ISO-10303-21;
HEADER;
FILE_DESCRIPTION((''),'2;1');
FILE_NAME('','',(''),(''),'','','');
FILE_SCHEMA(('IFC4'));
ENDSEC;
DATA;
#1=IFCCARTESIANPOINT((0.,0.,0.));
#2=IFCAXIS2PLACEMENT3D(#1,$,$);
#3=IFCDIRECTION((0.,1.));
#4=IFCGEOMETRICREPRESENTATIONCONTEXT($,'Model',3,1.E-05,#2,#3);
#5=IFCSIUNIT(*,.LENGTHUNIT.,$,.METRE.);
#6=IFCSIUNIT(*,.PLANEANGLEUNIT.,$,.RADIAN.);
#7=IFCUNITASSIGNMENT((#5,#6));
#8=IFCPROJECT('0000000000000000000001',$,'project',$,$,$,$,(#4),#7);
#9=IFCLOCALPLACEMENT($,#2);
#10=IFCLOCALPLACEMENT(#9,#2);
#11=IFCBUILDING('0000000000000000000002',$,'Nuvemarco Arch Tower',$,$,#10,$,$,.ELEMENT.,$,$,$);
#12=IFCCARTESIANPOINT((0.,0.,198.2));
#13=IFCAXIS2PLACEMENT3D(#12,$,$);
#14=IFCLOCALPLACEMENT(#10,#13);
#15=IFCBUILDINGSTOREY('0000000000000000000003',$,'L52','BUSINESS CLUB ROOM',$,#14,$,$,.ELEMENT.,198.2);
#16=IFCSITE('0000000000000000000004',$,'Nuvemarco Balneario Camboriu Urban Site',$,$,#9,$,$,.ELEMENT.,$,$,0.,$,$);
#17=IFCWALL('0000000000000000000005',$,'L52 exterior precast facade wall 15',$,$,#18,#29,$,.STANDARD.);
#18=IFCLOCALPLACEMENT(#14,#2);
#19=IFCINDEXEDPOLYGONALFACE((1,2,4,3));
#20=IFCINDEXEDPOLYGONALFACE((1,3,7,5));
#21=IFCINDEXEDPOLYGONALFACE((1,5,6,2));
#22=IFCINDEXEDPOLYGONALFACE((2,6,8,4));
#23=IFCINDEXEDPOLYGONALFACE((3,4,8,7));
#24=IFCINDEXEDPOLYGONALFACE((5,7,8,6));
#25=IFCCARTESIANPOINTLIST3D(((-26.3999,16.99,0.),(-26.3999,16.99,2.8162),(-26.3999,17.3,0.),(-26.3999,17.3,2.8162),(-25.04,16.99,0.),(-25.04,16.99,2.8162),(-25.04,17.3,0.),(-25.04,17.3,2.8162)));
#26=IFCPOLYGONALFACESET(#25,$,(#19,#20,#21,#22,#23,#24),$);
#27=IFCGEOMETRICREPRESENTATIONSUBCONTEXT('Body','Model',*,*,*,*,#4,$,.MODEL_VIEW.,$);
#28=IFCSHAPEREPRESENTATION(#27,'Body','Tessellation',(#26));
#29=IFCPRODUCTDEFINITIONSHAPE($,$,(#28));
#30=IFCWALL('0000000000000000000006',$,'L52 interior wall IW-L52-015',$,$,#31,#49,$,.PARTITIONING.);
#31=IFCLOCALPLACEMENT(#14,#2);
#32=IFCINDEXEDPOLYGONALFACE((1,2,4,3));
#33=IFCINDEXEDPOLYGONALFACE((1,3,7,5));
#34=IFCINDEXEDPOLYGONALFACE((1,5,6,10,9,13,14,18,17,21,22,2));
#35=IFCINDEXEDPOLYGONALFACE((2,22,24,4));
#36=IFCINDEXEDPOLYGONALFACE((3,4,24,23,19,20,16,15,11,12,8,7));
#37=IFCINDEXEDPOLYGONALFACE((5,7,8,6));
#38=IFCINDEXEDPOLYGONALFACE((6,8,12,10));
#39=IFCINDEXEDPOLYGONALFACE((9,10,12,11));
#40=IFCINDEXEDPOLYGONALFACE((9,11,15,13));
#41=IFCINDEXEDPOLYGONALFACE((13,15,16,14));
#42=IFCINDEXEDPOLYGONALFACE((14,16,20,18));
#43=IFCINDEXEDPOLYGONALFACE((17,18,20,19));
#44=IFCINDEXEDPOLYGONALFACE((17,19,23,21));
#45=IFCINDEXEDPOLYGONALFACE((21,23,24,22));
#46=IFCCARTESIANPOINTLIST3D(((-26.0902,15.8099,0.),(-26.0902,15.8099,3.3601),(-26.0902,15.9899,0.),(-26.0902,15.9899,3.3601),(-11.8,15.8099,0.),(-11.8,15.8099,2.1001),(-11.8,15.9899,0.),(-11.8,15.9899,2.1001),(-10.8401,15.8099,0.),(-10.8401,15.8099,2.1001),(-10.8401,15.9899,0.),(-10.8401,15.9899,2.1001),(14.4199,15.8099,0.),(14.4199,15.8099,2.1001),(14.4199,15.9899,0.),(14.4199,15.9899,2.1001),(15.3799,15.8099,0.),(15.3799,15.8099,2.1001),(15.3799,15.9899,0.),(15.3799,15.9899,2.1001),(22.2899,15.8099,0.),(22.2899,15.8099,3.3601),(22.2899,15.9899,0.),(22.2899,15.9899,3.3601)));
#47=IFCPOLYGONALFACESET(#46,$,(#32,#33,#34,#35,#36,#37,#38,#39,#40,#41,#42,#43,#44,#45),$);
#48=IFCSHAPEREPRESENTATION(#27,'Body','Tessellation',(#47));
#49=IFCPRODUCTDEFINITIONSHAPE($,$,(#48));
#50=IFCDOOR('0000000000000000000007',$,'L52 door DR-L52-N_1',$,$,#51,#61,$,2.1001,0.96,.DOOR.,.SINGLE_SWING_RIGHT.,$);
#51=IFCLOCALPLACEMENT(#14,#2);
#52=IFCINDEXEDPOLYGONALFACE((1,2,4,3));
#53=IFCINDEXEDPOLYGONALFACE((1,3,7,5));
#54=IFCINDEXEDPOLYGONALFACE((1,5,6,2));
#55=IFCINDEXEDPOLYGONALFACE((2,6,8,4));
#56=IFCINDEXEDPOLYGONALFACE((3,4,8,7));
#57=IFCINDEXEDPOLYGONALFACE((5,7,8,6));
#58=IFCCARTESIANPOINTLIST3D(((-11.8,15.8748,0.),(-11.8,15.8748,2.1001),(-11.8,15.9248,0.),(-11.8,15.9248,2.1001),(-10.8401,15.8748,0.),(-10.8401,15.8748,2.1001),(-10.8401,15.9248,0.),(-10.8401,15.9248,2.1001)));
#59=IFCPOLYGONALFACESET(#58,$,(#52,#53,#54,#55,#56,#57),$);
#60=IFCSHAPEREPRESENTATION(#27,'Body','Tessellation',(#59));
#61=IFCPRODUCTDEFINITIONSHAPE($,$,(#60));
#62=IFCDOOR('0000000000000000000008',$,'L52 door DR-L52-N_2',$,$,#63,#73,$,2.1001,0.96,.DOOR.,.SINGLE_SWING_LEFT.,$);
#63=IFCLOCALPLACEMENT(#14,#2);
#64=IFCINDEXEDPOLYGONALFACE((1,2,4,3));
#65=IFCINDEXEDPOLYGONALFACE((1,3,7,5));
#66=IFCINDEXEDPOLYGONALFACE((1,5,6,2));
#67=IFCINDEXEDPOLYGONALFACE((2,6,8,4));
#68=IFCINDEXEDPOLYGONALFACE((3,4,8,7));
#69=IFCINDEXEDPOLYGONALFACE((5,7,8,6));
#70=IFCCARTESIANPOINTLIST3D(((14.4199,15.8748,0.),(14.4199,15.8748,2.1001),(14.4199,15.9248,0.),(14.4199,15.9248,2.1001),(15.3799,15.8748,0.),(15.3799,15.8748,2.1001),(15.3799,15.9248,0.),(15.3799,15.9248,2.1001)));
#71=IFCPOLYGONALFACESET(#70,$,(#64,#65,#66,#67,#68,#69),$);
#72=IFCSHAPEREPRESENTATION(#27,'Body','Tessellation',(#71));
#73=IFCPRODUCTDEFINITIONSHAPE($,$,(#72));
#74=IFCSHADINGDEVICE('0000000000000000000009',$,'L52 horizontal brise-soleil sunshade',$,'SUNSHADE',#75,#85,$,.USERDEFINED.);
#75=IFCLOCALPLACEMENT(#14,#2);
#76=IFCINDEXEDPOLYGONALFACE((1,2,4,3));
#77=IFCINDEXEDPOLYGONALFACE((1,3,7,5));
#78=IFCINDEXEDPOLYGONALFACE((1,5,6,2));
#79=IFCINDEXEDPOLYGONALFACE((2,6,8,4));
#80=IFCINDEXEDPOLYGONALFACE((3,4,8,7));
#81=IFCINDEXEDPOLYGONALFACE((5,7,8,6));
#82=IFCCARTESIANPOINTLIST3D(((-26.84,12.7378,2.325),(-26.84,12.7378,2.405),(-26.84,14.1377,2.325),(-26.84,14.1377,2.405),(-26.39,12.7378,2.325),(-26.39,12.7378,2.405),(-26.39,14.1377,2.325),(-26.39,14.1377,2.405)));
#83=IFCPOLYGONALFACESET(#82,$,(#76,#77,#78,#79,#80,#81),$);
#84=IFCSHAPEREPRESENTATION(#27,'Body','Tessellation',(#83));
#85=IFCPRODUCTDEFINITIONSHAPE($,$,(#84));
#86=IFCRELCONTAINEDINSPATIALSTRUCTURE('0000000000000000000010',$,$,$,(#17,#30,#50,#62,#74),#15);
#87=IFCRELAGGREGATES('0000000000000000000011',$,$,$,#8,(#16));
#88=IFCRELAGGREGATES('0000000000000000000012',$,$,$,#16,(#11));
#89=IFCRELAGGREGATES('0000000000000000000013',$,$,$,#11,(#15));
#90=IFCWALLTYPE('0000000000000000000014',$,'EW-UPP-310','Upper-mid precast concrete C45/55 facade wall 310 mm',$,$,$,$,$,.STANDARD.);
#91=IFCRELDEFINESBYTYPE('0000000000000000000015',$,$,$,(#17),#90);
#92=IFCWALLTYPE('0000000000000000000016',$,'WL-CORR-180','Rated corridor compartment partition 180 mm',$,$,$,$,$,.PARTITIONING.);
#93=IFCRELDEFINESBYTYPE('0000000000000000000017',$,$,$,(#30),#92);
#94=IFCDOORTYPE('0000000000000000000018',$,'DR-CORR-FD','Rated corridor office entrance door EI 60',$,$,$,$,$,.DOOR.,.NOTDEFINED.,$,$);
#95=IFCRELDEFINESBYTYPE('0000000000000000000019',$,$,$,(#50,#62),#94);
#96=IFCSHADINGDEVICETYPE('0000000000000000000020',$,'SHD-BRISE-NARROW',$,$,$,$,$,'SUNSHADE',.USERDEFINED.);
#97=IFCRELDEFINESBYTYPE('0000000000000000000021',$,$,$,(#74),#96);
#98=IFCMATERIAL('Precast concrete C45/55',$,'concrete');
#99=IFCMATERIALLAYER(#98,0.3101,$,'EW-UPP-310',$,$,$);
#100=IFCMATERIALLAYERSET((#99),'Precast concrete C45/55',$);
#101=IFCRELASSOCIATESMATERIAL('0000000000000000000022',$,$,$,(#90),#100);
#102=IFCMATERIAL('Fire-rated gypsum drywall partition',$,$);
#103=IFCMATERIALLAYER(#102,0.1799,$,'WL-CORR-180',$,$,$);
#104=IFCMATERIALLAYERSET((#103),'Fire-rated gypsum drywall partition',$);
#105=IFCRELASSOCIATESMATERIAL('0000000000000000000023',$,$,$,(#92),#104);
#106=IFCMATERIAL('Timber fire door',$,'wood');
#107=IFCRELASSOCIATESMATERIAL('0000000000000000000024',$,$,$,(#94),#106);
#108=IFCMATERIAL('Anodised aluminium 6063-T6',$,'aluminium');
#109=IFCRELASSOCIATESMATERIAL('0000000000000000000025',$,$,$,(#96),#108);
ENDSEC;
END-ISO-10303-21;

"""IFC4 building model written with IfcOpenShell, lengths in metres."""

from ifc_helpers import new_model, si_unit, direction, frame, frame_2d, origin, origin_2d, place, context, subcontext, project, spatial, rectangle, extrude, source, transform, mapped, material, layer, layer_set, type_object, type_shapes, element, fill, save


model = new_model("IFC4")

# Units and contexts
model_context = context("Model", 3, precision=1e-05, world=origin(), true_north=direction((0.0, 1.0)))
body_context = subcontext(model_context, "Body", "Model", "MODEL_VIEW")
ifc_project = project(units=[si_unit("LENGTHUNIT", "METRE"), si_unit("PLANEANGLEUNIT", "RADIAN")], contexts=[model_context])

# Site, building, storey
site_placement = place(None, origin())
site = spatial("IfcSite", under=ifc_project, at=site_placement, Name="Nuvemarco Balneario Camboriu Urban Site", CompositionType="ELEMENT", RefElevation=0.0)
building_placement = place(site_placement, origin())
building = spatial("IfcBuilding", under=site, at=building_placement, Name="Nuvemarco Arch Tower", CompositionType="ELEMENT")
storey_placement = place(building_placement, frame((0.0, 0.0, 198.2)))
storey = spatial("IfcBuildingStorey", under=building, at=storey_placement, Name="L52", Description="BUSINESS CLUB ROOM", CompositionType="ELEMENT", Elevation=198.2)

# Shared definitions
ifc_material_1 = material(Name="Precast concrete C45/55", Category="concrete")
ifc_layer_1 = layer(ifc_material_1, 0.3101, Name="EW-UPP-310")
ifc_layer_set_1 = layer_set([ifc_layer_1], Name="Precast concrete C45/55")
wall_type_1 = type_object("IfcWallType", Name="EW-UPP-310", Description="Upper-mid precast concrete C45/55 facade wall 310 mm", PredefinedType="STANDARD", material=ifc_layer_set_1)

# Wall
wall_1_placement = place(storey_placement, frame((-26.3999, 17.145, 0.0), z_axis=(0.0, 0.0, 1.0), x_axis=(1.0, 0.0, 0.0)))
element("IfcWall", 1, at=wall_1_placement, inside=storey, type_object=wall_type_1, Name="L52 exterior precast facade wall 15", PredefinedType="STANDARD", context=body_context, shape_type="SweptSolid", body=[
    extrude(rectangle(XDim=1.3599, YDim=0.3101, at=frame_2d((0.6799, 0.0))), origin(), (0.0, 0.0, 1.0), 2.8162),
])

# Wall, openings, doors
ifc_material_2 = material(Name="Fire-rated gypsum drywall partition")
ifc_layer_2 = layer(ifc_material_2, 0.1799, Name="WL-CORR-180")
ifc_layer_set_2 = layer_set([ifc_layer_2], Name="Fire-rated gypsum drywall partition")
wall_type_2 = type_object("IfcWallType", Name="WL-CORR-180", Description="Rated corridor compartment partition 180 mm", PredefinedType="PARTITIONING", material=ifc_layer_set_2)
wall_2_placement = place(storey_placement, frame((-26.0901, 15.8999, 0.0), z_axis=(0.0, 0.0, 1.0), x_axis=(1.0, 0.0, 0.0)))
wall_2 = element("IfcWall", 2, at=wall_2_placement, inside=storey, type_object=wall_type_2, Name="L52 interior wall IW-L52-015", PredefinedType="PARTITIONING", context=body_context, shape_type="SweptSolid", body=[
    extrude(rectangle(XDim=48.3801, YDim=0.1799, at=frame_2d((24.1899, 0.0))), origin(), (0.0, 0.0, 1.0), 3.3601),
])
opening_1_placement = place(wall_2_placement, frame((14.29, 0.0, 0.0)))
opening_1 = element("IfcOpeningElement", 3, at=opening_1_placement, cuts=wall_2, PredefinedType="OPENING", context=body_context, shape_type="SweptSolid", body=[
    extrude(rectangle(XDim=0.96, YDim=2.1001, at=frame_2d((0.48, 1.05))), frame((0.0, 0.0999, 0.0), z_axis=(0.0, -1.0, 0.0), x_axis=(1.0, 0.0, 0.0)), (0.0, 0.0, 1.0), 0.2),
])
opening_2_placement = place(wall_2_placement, frame((40.51, 0.0, 0.0)))
opening_2 = element("IfcOpeningElement", 4, at=opening_2_placement, cuts=wall_2, PredefinedType="OPENING", context=body_context, shape_type="SweptSolid", body=[
    extrude(rectangle(XDim=0.96, YDim=2.1001, at=frame_2d((0.48, 1.05))), frame((0.0, 0.0999, 0.0), z_axis=(0.0, -1.0, 0.0), x_axis=(1.0, 0.0, 0.0)), (0.0, 0.0, 1.0), 0.2),
])
ifc_material_3 = material(Name="Timber fire door", Category="wood")
door_type = type_object("IfcDoorType", Name="DR-CORR-FD", Description="Rated corridor office entrance door EI 60", OperationType="NOTDEFINED", PredefinedType="DOOR", material=ifc_material_3)
shared_shape_1 = source(origin(), body_context, "Body", "SweptSolid", [
    extrude(rectangle(XDim=0.96, YDim=2.1001, at=frame_2d((0.48, 1.05))), frame((0.0, 0.0249, 0.0), z_axis=(0.0, -1.0, 0.0), x_axis=(1.0, 0.0, 0.0)), (0.0, 0.0, 1.0), 0.05),
])
type_shapes(door_type, [shared_shape_1])
door_1_placement = place(opening_1_placement, origin())
door_1 = element("IfcDoor", 5, at=door_1_placement, inside=storey, type_object=door_type, Name="L52 door DR-L52-N_1", OperationType="SINGLE_SWING_RIGHT", OverallHeight=2.1001, OverallWidth=0.96, PredefinedType="DOOR", context=body_context, shape_type="MappedRepresentation", body=[
    mapped(shared_shape_1, transform((0.0, 0.0, 0.0), scale=1.0)),
])
fill(opening_1, door_1)
door_2_placement = place(opening_2_placement, origin())
door_2 = element("IfcDoor", 6, at=door_2_placement, inside=storey, type_object=door_type, Name="L52 door DR-L52-N_2", OperationType="SINGLE_SWING_LEFT", OverallHeight=2.1001, OverallWidth=0.96, PredefinedType="DOOR", context=body_context, shape_type="MappedRepresentation", body=[
    mapped(shared_shape_1, transform((0.0, 0.0, 0.0), scale=1.0)),
])
fill(opening_2, door_2)

# Shading device
ifc_material_4 = material(Name="Anodised aluminium 6063-T6", Category="aluminium")
shading_device_type = type_object("IfcShadingDeviceType", Name="SHD-BRISE-NARROW", ElementType="SUNSHADE", PredefinedType="USERDEFINED", material=ifc_material_4)
shared_shape_2 = source(origin(), body_context, "Body", "SweptSolid", [
    extrude(rectangle(XDim=1.3999, YDim=0.45, at=origin_2d()), origin(), (0.0, 0.0, 1.0), 0.0801),
])
type_shapes(shading_device_type, [shared_shape_2])
shading_device_placement = place(storey_placement, frame((-26.615, 13.4377, 2.325), z_axis=(0.0, 0.0, 1.0), x_axis=(0.0, 1.0, 0.0)))
element("IfcShadingDevice", 7, at=shading_device_placement, inside=storey, type_object=shading_device_type, Name="L52 horizontal brise-soleil sunshade", ObjectType="SUNSHADE", PredefinedType="USERDEFINED", context=body_context, shape_type="MappedRepresentation", body=[
    mapped(shared_shape_2, transform((0.0, 0.0, 0.0), scale=1.0)),
])

save(model, "model.ifc")
